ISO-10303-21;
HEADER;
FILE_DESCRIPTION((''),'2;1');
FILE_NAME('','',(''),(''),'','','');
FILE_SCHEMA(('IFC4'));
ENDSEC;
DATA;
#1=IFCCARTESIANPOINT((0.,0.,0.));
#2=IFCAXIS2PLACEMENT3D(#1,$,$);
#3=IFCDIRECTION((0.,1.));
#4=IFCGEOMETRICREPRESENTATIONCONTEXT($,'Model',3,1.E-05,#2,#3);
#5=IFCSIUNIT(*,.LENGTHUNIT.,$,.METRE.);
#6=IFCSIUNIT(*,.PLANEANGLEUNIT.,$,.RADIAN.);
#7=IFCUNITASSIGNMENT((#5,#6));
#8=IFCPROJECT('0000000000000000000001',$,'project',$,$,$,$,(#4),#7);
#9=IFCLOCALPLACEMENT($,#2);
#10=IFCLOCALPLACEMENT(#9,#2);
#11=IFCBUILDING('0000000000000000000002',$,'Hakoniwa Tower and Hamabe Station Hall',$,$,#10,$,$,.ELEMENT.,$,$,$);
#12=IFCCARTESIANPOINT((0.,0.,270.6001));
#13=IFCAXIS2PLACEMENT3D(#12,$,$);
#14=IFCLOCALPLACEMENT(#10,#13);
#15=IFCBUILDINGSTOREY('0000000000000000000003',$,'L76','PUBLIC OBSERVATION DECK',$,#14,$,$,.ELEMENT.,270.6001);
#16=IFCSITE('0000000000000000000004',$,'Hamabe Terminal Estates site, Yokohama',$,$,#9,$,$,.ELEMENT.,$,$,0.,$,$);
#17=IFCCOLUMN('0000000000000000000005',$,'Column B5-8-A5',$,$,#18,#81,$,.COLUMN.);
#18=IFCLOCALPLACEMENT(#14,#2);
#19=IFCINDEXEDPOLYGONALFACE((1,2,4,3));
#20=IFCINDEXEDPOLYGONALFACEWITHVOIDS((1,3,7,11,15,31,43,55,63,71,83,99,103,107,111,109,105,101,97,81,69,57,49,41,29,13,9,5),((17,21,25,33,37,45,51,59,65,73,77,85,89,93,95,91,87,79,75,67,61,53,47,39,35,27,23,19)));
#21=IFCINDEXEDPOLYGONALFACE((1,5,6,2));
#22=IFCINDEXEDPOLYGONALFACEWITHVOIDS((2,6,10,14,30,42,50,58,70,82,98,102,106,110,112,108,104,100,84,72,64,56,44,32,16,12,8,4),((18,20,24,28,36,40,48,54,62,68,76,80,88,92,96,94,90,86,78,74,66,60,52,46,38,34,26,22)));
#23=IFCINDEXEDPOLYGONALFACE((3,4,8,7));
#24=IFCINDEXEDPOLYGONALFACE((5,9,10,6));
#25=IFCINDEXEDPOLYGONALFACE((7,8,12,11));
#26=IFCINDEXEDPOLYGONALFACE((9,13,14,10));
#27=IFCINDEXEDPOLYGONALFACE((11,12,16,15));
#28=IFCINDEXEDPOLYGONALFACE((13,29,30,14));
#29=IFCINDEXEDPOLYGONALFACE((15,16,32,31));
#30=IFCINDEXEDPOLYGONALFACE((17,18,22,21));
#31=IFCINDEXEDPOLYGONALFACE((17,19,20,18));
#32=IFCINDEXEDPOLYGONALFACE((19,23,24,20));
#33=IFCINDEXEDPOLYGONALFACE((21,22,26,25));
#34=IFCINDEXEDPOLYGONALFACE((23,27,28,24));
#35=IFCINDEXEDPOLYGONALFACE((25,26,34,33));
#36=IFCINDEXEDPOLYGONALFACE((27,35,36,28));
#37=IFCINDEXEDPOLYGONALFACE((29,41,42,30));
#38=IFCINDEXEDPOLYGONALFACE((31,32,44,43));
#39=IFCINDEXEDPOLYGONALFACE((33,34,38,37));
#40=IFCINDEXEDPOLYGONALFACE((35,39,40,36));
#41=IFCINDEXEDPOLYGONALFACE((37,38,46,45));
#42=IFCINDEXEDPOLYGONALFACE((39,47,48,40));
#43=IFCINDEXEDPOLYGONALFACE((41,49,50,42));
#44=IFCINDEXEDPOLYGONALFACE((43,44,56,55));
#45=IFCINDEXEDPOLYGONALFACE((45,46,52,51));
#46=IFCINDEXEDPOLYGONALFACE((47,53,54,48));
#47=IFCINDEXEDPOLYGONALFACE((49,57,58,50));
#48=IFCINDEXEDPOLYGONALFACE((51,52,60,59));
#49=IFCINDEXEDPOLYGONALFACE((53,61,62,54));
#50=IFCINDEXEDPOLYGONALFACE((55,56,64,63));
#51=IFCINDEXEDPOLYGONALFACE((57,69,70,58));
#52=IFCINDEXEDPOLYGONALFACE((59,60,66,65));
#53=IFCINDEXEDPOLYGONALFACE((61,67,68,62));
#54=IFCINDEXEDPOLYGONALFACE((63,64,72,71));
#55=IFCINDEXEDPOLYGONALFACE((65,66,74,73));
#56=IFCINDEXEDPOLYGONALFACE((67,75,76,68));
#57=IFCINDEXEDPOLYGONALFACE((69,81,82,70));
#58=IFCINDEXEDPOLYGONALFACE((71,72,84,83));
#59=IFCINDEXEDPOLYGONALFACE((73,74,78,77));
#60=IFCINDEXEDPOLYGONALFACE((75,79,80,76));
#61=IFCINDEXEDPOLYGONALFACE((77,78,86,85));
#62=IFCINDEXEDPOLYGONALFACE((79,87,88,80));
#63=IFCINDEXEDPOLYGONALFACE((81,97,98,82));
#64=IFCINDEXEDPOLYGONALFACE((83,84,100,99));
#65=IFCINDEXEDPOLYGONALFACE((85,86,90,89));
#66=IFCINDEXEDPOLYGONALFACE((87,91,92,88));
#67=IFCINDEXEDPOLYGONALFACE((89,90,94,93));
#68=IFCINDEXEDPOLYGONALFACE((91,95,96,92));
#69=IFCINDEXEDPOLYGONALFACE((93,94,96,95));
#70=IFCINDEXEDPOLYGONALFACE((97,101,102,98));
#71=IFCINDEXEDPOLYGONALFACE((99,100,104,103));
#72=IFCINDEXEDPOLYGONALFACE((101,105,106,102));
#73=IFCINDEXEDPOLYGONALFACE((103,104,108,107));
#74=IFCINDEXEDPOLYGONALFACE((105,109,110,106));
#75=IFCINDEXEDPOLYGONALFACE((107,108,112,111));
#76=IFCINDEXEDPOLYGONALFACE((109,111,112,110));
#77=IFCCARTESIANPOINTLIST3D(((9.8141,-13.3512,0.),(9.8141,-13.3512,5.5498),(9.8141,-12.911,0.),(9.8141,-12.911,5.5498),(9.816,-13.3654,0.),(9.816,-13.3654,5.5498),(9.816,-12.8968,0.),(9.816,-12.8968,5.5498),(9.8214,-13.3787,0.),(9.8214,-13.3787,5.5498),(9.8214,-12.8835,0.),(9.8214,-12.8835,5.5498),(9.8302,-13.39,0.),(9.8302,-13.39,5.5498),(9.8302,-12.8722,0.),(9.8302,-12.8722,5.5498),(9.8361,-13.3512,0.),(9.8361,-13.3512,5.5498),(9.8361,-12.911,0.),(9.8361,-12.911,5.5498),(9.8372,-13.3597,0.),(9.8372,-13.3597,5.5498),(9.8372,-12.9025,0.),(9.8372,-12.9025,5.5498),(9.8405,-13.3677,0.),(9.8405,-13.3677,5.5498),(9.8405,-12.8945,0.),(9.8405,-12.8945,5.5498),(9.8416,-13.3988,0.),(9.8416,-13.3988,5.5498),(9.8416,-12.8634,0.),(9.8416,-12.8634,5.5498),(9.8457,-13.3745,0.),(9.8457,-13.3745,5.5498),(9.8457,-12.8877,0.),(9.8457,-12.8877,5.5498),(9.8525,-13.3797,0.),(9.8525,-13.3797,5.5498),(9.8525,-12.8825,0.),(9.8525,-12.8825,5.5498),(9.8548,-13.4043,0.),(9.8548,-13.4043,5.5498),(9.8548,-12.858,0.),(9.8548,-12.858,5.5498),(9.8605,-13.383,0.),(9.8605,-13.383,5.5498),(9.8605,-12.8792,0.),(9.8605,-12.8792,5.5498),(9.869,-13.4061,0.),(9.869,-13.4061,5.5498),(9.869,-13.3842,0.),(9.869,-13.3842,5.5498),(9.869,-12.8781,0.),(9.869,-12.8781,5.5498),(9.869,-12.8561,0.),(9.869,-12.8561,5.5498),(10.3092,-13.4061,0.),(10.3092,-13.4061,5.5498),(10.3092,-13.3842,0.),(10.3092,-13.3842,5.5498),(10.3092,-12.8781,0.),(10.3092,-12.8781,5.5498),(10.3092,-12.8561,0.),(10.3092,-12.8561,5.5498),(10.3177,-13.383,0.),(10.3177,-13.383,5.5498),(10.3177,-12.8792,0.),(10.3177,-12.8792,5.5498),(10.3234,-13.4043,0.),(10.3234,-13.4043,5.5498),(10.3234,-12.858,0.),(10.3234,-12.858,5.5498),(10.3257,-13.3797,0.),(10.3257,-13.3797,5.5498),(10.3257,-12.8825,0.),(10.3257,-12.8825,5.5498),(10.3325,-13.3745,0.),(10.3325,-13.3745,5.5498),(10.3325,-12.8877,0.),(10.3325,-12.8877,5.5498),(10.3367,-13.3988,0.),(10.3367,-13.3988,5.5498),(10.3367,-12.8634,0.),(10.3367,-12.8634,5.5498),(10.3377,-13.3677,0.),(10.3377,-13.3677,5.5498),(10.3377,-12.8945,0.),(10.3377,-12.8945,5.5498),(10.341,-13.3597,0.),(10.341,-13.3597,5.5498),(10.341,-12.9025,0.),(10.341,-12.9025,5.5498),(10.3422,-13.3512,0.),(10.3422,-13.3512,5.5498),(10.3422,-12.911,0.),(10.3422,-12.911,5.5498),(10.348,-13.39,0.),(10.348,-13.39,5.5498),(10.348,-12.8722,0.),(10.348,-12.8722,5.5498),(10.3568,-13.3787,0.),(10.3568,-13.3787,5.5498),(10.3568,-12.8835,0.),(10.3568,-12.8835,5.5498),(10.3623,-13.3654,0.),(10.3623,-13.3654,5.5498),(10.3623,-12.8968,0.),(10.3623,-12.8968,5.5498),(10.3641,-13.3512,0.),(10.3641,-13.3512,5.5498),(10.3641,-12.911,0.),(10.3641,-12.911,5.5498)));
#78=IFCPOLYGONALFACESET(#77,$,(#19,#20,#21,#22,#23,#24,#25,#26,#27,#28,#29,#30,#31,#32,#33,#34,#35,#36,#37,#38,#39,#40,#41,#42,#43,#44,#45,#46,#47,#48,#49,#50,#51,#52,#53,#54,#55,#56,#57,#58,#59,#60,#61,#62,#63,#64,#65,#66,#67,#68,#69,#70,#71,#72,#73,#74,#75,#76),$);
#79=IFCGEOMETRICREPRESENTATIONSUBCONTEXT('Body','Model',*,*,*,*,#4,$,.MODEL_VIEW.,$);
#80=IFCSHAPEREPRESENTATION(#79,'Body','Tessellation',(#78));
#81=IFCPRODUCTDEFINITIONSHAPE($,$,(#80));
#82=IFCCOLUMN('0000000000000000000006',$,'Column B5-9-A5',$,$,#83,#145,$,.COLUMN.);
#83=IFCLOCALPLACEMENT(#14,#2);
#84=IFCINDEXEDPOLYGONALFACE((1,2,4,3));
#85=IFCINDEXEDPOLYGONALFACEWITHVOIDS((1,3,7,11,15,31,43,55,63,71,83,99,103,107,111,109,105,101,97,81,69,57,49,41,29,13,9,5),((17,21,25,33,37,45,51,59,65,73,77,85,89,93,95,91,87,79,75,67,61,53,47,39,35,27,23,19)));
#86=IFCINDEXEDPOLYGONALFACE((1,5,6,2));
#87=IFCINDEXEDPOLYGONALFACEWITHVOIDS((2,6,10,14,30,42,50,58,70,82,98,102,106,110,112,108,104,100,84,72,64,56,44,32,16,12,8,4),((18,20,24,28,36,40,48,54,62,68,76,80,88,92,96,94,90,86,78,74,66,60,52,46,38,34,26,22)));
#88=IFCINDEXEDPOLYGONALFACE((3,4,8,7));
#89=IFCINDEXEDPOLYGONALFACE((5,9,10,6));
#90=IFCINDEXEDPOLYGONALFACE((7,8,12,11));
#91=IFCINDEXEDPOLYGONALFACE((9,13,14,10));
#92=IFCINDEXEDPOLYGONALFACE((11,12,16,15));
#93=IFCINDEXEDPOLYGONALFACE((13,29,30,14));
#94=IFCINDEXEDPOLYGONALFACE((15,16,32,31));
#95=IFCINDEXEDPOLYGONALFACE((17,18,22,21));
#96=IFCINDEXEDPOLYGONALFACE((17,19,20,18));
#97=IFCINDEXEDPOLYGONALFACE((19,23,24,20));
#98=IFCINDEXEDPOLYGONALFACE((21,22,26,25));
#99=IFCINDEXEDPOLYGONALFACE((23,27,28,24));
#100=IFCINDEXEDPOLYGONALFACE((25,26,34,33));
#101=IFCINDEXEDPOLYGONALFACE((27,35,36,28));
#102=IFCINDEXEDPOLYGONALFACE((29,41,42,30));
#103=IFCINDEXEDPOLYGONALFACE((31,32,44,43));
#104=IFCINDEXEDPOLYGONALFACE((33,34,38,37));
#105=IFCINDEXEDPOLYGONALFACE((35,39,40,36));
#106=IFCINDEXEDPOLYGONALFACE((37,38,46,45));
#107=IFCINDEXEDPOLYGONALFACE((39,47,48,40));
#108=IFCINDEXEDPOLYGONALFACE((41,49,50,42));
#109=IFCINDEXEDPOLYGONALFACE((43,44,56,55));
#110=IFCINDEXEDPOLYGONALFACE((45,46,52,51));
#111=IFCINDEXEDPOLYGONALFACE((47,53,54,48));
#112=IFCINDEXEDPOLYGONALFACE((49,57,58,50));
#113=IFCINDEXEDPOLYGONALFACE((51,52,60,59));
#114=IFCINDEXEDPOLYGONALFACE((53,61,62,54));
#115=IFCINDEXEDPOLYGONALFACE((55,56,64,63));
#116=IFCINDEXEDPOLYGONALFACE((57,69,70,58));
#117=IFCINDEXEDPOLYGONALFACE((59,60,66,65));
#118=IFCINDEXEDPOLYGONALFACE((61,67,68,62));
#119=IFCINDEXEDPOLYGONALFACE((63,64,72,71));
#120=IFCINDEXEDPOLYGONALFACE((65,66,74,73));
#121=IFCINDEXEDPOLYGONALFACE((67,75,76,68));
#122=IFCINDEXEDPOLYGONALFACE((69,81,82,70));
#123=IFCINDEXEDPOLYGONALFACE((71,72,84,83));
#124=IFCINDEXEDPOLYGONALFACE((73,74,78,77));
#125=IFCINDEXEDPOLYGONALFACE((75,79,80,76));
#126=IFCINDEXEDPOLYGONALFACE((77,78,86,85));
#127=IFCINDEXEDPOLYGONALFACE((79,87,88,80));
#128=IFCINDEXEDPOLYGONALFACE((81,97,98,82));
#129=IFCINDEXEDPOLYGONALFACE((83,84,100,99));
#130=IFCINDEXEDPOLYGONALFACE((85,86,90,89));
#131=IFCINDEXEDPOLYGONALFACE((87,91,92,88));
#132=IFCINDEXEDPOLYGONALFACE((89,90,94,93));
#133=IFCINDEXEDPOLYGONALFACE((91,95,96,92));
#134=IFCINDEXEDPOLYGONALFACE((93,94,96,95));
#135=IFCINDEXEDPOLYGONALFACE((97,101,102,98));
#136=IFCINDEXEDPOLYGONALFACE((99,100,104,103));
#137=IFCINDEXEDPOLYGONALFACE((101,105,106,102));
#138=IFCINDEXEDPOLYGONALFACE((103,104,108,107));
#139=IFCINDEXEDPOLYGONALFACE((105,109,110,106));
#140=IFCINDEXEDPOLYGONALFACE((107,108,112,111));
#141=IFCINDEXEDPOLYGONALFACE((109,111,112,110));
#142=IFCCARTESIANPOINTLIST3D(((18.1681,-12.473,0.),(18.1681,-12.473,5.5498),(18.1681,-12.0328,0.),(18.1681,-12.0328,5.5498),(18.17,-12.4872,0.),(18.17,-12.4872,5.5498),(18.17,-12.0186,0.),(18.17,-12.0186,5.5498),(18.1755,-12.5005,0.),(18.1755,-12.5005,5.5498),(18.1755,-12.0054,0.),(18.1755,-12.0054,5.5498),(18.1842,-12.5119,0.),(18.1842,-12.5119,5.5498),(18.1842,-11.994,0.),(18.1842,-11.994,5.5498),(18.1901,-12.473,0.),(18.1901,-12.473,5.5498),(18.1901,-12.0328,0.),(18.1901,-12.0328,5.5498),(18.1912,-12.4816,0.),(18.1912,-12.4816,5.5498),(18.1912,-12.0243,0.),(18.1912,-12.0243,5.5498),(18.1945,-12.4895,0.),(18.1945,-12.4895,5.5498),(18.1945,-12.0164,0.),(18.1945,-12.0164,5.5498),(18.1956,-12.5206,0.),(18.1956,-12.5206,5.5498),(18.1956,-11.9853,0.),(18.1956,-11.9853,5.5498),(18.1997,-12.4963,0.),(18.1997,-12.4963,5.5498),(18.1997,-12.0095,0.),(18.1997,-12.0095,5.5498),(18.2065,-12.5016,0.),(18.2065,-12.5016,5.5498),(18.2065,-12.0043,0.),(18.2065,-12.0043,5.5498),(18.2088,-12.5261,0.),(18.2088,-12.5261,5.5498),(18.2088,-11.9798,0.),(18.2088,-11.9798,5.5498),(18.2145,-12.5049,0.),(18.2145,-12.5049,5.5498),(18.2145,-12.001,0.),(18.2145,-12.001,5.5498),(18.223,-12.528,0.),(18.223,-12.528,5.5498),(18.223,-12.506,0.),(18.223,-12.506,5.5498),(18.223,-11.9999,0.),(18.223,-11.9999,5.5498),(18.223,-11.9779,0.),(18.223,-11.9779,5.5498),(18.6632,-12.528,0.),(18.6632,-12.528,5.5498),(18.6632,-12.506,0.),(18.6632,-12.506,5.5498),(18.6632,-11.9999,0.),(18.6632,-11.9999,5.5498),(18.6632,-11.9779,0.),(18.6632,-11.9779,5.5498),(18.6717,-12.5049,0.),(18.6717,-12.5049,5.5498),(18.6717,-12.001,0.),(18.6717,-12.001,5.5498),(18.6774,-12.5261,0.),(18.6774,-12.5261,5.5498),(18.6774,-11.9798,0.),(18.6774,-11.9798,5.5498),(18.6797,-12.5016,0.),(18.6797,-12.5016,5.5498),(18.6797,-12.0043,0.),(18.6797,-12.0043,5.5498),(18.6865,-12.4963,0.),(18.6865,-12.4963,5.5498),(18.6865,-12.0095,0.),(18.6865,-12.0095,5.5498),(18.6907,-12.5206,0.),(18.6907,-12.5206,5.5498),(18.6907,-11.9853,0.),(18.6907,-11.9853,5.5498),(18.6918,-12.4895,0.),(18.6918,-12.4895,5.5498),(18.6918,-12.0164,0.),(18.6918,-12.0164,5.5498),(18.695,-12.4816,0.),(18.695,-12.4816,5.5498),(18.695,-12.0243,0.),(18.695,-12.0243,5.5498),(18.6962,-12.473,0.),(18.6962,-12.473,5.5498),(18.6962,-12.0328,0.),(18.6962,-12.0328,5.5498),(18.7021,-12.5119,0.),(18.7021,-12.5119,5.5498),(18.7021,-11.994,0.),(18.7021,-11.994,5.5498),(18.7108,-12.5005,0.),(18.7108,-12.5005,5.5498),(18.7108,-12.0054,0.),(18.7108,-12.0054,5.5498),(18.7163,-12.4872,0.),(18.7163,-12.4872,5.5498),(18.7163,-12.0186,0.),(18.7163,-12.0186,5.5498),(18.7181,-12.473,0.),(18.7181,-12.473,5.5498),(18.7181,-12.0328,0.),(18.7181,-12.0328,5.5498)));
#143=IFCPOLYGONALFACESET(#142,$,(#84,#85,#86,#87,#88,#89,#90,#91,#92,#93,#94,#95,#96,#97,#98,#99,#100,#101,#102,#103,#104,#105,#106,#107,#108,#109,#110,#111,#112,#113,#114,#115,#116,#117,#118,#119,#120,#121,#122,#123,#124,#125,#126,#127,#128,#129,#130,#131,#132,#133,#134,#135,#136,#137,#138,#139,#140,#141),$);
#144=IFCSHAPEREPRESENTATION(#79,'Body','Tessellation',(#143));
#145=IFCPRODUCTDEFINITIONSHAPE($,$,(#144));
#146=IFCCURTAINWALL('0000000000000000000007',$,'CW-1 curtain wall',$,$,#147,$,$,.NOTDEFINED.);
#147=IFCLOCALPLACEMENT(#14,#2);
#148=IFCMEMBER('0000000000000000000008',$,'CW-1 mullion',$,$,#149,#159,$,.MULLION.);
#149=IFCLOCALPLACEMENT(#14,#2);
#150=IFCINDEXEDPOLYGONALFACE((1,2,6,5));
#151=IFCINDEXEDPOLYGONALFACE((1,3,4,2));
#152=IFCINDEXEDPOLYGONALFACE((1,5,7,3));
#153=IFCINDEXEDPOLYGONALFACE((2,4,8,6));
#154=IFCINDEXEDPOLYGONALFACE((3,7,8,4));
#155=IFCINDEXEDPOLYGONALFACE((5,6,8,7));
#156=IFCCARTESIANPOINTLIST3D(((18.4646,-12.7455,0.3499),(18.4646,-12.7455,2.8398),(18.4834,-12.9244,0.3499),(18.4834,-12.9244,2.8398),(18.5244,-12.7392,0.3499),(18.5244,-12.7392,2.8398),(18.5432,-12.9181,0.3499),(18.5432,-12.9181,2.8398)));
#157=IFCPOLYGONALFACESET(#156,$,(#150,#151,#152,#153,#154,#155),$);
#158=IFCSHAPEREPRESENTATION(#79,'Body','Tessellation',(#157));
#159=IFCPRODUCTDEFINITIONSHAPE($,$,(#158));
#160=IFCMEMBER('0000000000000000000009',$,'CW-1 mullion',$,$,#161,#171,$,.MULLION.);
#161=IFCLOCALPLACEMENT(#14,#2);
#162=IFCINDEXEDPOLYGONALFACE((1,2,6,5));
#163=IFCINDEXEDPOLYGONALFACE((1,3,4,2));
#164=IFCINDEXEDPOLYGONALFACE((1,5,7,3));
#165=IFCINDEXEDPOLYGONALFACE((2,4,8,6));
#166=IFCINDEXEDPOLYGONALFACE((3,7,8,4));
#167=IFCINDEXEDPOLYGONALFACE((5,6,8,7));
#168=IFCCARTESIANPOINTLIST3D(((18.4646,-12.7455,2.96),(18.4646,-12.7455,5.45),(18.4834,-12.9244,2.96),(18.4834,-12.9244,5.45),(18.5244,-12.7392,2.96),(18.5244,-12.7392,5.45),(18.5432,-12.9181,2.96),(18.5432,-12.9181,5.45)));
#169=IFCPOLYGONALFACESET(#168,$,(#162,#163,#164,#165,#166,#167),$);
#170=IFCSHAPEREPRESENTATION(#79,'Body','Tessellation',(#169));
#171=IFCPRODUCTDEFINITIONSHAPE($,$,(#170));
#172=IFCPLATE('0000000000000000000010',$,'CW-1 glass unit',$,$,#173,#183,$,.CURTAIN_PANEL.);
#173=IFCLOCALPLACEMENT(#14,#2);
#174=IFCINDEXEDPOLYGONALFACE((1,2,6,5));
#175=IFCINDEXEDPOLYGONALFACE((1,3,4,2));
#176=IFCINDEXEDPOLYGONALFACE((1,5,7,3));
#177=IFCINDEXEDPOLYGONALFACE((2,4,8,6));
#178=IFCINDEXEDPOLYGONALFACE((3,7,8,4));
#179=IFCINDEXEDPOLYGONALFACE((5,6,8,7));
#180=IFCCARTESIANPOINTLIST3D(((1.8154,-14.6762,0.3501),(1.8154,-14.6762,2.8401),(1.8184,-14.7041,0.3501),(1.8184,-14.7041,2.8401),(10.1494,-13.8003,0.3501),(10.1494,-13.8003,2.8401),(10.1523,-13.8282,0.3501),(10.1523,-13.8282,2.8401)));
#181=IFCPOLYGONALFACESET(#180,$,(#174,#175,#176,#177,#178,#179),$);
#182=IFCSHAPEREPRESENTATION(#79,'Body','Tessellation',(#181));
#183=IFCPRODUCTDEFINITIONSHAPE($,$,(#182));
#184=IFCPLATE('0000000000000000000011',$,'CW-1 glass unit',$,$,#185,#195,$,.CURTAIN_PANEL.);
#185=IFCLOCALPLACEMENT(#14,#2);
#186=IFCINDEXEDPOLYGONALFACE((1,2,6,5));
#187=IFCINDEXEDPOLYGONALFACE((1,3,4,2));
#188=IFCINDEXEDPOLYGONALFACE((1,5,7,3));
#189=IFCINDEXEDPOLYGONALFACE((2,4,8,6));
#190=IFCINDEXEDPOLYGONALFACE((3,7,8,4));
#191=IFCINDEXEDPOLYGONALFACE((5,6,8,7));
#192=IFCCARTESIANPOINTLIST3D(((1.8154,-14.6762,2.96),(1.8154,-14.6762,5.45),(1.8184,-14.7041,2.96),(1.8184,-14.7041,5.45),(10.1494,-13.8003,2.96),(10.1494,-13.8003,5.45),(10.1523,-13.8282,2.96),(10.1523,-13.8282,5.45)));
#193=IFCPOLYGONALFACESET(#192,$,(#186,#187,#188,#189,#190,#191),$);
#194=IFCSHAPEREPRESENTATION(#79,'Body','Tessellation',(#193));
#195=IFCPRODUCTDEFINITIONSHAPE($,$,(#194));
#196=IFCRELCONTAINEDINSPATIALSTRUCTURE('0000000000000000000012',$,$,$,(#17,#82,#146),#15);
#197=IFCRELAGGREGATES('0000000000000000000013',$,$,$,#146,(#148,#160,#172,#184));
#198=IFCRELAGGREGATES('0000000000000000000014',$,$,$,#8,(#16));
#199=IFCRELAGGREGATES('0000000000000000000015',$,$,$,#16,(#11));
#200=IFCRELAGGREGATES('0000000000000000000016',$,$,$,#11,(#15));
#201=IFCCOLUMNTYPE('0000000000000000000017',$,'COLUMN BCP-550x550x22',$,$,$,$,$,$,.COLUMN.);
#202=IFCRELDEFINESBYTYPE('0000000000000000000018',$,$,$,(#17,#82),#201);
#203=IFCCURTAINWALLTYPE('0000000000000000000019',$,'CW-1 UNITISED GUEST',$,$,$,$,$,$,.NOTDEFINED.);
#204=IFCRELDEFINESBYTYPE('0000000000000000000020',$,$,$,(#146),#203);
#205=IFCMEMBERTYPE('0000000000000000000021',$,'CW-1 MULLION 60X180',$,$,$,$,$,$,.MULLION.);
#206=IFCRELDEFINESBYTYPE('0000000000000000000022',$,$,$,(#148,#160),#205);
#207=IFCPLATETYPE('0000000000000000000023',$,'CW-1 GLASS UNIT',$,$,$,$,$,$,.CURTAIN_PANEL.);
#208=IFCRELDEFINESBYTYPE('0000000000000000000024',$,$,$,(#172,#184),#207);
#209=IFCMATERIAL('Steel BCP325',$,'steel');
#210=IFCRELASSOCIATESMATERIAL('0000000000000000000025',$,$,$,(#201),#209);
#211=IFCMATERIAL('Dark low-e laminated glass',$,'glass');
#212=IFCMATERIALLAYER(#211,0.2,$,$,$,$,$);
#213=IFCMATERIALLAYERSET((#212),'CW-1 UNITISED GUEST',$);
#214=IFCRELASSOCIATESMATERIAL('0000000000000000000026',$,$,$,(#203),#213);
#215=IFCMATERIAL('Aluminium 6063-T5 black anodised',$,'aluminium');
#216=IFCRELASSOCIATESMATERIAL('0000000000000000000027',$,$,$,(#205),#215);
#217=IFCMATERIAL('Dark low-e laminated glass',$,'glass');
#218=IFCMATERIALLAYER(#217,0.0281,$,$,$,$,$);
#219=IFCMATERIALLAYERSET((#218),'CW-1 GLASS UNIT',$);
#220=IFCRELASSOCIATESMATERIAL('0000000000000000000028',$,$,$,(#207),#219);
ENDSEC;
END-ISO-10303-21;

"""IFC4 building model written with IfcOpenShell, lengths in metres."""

from ifc_helpers import new_model, si_unit, direction, frame, origin, origin_2d, place, context, subcontext, project, spatial, rectangle, hollow_rectangle, extrude, material, layer, layer_set, material_profile, profile_set, type_object, element, aggregate, save


model = new_model("IFC4")

# Units and contexts
model_context = context("Model", 3, precision=1e-05, world=origin(), true_north=direction((0.0, 1.0)))
body_context = subcontext(model_context, "Body", "Model", "MODEL_VIEW")
ifc_project = project(units=[si_unit("LENGTHUNIT", "METRE"), si_unit("PLANEANGLEUNIT", "RADIAN")], contexts=[model_context])

# Site, building, storey
site_placement = place(None, origin())
site = spatial("IfcSite", under=ifc_project, at=site_placement, Name="Hamabe Terminal Estates site, Yokohama", CompositionType="ELEMENT", RefElevation=0.0)
building_placement = place(site_placement, origin())
building = spatial("IfcBuilding", under=site, at=building_placement, Name="Hakoniwa Tower and Hamabe Station Hall", CompositionType="ELEMENT")
storey_placement = place(building_placement, frame((0.0, 0.0, 270.6001)))
storey = spatial("IfcBuildingStorey", under=building, at=storey_placement, Name="L76", Description="PUBLIC OBSERVATION DECK", CompositionType="ELEMENT", Elevation=270.6001)

# Columns
ifc_material_1 = material(Name="Steel BCP325", Category="steel")
ifc_material_profile_1 = material_profile(ifc_material_1, hollow_rectangle(XDim=0.55, YDim=0.55, WallThickness=0.022, InnerFilletRadius=0.033, OuterFilletRadius=0.0549, at=origin_2d()), Name="BCP-550x550x22")
ifc_profile_set_1 = profile_set([ifc_material_profile_1], Name="Steel BCP325")
column_type = type_object("IfcColumnType", Name="COLUMN BCP-550x550x22", PredefinedType="COLUMN", material=ifc_profile_set_1)
for number, where, z_axis, x_axis, name in (
    (1, (10.0891, -13.1311, 0.0), (0.0, 0.0, 1.0), (1.0, 0.0, 0.0), "Column B5-8-A5"),
    (2, (18.4431, -12.2529, 0.0), (0.0, 0.0, 1.0), (1.0, 0.0, 0.0), "Column B5-9-A5"),
):
    element("IfcColumn", number, at=place(storey_placement, frame(where, z_axis=z_axis, x_axis=x_axis)), inside=storey, type_object=column_type, Name=name, PredefinedType="COLUMN", context=body_context, shape_type="SweptSolid", body=[
        extrude(hollow_rectangle(XDim=0.55, YDim=0.55, WallThickness=0.022, InnerFilletRadius=0.033, OuterFilletRadius=0.0549, at=origin_2d()), origin(), (0.0, 0.0, 1.0), 5.5498),
    ])

# Curtain wall, members, plates
ifc_material_2 = material(Name="Dark low-e laminated glass", Category="glass")
ifc_layer_1 = layer(ifc_material_2, 0.2)
ifc_layer_set_1 = layer_set([ifc_layer_1], Name="CW-1 UNITISED GUEST")
curtain_wall_type = type_object("IfcCurtainWallType", Name="CW-1 UNITISED GUEST", PredefinedType="NOTDEFINED", material=ifc_layer_set_1)
curtain_wall_placement = place(storey_placement, origin())
curtain_wall = element("IfcCurtainWall", 3, at=curtain_wall_placement, inside=storey, type_object=curtain_wall_type, Name="CW-1 curtain wall", PredefinedType="NOTDEFINED")
ifc_material_3 = material(Name="Aluminium 6063-T5 black anodised", Category="aluminium")
ifc_material_profile_2 = material_profile(ifc_material_3, rectangle(XDim=0.0601, YDim=0.1799, at=origin_2d()), Name="CW-1 MULLION 60X180")
ifc_profile_set_2 = profile_set([ifc_material_profile_2], Name="Aluminium 6063-T5 black anodised")
member_type = type_object("IfcMemberType", Name="CW-1 MULLION 60X180", PredefinedType="MULLION", material=ifc_profile_set_2)
member_1_placement = place(storey_placement, frame((18.5039, -12.8318, 0.3499), z_axis=(0.0, 0.0, 1.0), x_axis=(0.994522, 0.104528, 0.0)))
member_1 = element("IfcMember", 4, at=member_1_placement, type_object=member_type, Name="CW-1 mullion", PredefinedType="MULLION", context=body_context, shape_type="SweptSolid", body=[
    extrude(rectangle(XDim=0.0601, YDim=0.1799, at=origin_2d()), origin(), (0.0, 0.0, 1.0), 2.49),
])
member_2_placement = place(storey_placement, frame((18.5039, -12.8318, 2.96), z_axis=(0.0, 0.0, 1.0), x_axis=(0.994522, 0.104528, 0.0)))
member_2 = element("IfcMember", 5, at=member_2_placement, type_object=member_type, Name="CW-1 mullion", PredefinedType="MULLION", context=body_context, shape_type="SweptSolid", body=[
    extrude(rectangle(XDim=0.0601, YDim=0.1799, at=origin_2d()), origin(), (0.0, 0.0, 1.0), 2.49),
])
ifc_material_4 = material(Name="Dark low-e laminated glass", Category="glass")
ifc_layer_2 = layer(ifc_material_4, 0.0281)
ifc_layer_set_2 = layer_set([ifc_layer_2], Name="CW-1 GLASS UNIT")
plate_type = type_object("IfcPlateType", Name="CW-1 GLASS UNIT", PredefinedType="CURTAIN_PANEL", material=ifc_layer_set_2)
plate_1_placement = place(storey_placement, frame((5.9839, -14.2522, 0.3501), z_axis=(0.0, 0.0, 1.0), x_axis=(0.994522, 0.104528, 0.0)))
plate_1 = element("IfcPlate", 6, at=plate_1_placement, type_object=plate_type, Name="CW-1 glass unit", PredefinedType="CURTAIN_PANEL", context=body_context, shape_type="SweptSolid", body=[
    extrude(rectangle(XDim=8.3799, YDim=0.0281, at=origin_2d()), origin(), (0.0, 0.0, 1.0), 2.49),
])
plate_2_placement = place(storey_placement, frame((5.9839, -14.2522, 2.96), z_axis=(0.0, 0.0, 1.0), x_axis=(0.994522, 0.104528, 0.0)))
plate_2 = element("IfcPlate", 7, at=plate_2_placement, type_object=plate_type, Name="CW-1 glass unit", PredefinedType="CURTAIN_PANEL", context=body_context, shape_type="SweptSolid", body=[
    extrude(rectangle(XDim=8.3799, YDim=0.0281, at=origin_2d()), origin(), (0.0, 0.0, 1.0), 2.49),
])
aggregate(curtain_wall, [member_1, member_2, plate_1, plate_2])

save(model, "model.ifc")
